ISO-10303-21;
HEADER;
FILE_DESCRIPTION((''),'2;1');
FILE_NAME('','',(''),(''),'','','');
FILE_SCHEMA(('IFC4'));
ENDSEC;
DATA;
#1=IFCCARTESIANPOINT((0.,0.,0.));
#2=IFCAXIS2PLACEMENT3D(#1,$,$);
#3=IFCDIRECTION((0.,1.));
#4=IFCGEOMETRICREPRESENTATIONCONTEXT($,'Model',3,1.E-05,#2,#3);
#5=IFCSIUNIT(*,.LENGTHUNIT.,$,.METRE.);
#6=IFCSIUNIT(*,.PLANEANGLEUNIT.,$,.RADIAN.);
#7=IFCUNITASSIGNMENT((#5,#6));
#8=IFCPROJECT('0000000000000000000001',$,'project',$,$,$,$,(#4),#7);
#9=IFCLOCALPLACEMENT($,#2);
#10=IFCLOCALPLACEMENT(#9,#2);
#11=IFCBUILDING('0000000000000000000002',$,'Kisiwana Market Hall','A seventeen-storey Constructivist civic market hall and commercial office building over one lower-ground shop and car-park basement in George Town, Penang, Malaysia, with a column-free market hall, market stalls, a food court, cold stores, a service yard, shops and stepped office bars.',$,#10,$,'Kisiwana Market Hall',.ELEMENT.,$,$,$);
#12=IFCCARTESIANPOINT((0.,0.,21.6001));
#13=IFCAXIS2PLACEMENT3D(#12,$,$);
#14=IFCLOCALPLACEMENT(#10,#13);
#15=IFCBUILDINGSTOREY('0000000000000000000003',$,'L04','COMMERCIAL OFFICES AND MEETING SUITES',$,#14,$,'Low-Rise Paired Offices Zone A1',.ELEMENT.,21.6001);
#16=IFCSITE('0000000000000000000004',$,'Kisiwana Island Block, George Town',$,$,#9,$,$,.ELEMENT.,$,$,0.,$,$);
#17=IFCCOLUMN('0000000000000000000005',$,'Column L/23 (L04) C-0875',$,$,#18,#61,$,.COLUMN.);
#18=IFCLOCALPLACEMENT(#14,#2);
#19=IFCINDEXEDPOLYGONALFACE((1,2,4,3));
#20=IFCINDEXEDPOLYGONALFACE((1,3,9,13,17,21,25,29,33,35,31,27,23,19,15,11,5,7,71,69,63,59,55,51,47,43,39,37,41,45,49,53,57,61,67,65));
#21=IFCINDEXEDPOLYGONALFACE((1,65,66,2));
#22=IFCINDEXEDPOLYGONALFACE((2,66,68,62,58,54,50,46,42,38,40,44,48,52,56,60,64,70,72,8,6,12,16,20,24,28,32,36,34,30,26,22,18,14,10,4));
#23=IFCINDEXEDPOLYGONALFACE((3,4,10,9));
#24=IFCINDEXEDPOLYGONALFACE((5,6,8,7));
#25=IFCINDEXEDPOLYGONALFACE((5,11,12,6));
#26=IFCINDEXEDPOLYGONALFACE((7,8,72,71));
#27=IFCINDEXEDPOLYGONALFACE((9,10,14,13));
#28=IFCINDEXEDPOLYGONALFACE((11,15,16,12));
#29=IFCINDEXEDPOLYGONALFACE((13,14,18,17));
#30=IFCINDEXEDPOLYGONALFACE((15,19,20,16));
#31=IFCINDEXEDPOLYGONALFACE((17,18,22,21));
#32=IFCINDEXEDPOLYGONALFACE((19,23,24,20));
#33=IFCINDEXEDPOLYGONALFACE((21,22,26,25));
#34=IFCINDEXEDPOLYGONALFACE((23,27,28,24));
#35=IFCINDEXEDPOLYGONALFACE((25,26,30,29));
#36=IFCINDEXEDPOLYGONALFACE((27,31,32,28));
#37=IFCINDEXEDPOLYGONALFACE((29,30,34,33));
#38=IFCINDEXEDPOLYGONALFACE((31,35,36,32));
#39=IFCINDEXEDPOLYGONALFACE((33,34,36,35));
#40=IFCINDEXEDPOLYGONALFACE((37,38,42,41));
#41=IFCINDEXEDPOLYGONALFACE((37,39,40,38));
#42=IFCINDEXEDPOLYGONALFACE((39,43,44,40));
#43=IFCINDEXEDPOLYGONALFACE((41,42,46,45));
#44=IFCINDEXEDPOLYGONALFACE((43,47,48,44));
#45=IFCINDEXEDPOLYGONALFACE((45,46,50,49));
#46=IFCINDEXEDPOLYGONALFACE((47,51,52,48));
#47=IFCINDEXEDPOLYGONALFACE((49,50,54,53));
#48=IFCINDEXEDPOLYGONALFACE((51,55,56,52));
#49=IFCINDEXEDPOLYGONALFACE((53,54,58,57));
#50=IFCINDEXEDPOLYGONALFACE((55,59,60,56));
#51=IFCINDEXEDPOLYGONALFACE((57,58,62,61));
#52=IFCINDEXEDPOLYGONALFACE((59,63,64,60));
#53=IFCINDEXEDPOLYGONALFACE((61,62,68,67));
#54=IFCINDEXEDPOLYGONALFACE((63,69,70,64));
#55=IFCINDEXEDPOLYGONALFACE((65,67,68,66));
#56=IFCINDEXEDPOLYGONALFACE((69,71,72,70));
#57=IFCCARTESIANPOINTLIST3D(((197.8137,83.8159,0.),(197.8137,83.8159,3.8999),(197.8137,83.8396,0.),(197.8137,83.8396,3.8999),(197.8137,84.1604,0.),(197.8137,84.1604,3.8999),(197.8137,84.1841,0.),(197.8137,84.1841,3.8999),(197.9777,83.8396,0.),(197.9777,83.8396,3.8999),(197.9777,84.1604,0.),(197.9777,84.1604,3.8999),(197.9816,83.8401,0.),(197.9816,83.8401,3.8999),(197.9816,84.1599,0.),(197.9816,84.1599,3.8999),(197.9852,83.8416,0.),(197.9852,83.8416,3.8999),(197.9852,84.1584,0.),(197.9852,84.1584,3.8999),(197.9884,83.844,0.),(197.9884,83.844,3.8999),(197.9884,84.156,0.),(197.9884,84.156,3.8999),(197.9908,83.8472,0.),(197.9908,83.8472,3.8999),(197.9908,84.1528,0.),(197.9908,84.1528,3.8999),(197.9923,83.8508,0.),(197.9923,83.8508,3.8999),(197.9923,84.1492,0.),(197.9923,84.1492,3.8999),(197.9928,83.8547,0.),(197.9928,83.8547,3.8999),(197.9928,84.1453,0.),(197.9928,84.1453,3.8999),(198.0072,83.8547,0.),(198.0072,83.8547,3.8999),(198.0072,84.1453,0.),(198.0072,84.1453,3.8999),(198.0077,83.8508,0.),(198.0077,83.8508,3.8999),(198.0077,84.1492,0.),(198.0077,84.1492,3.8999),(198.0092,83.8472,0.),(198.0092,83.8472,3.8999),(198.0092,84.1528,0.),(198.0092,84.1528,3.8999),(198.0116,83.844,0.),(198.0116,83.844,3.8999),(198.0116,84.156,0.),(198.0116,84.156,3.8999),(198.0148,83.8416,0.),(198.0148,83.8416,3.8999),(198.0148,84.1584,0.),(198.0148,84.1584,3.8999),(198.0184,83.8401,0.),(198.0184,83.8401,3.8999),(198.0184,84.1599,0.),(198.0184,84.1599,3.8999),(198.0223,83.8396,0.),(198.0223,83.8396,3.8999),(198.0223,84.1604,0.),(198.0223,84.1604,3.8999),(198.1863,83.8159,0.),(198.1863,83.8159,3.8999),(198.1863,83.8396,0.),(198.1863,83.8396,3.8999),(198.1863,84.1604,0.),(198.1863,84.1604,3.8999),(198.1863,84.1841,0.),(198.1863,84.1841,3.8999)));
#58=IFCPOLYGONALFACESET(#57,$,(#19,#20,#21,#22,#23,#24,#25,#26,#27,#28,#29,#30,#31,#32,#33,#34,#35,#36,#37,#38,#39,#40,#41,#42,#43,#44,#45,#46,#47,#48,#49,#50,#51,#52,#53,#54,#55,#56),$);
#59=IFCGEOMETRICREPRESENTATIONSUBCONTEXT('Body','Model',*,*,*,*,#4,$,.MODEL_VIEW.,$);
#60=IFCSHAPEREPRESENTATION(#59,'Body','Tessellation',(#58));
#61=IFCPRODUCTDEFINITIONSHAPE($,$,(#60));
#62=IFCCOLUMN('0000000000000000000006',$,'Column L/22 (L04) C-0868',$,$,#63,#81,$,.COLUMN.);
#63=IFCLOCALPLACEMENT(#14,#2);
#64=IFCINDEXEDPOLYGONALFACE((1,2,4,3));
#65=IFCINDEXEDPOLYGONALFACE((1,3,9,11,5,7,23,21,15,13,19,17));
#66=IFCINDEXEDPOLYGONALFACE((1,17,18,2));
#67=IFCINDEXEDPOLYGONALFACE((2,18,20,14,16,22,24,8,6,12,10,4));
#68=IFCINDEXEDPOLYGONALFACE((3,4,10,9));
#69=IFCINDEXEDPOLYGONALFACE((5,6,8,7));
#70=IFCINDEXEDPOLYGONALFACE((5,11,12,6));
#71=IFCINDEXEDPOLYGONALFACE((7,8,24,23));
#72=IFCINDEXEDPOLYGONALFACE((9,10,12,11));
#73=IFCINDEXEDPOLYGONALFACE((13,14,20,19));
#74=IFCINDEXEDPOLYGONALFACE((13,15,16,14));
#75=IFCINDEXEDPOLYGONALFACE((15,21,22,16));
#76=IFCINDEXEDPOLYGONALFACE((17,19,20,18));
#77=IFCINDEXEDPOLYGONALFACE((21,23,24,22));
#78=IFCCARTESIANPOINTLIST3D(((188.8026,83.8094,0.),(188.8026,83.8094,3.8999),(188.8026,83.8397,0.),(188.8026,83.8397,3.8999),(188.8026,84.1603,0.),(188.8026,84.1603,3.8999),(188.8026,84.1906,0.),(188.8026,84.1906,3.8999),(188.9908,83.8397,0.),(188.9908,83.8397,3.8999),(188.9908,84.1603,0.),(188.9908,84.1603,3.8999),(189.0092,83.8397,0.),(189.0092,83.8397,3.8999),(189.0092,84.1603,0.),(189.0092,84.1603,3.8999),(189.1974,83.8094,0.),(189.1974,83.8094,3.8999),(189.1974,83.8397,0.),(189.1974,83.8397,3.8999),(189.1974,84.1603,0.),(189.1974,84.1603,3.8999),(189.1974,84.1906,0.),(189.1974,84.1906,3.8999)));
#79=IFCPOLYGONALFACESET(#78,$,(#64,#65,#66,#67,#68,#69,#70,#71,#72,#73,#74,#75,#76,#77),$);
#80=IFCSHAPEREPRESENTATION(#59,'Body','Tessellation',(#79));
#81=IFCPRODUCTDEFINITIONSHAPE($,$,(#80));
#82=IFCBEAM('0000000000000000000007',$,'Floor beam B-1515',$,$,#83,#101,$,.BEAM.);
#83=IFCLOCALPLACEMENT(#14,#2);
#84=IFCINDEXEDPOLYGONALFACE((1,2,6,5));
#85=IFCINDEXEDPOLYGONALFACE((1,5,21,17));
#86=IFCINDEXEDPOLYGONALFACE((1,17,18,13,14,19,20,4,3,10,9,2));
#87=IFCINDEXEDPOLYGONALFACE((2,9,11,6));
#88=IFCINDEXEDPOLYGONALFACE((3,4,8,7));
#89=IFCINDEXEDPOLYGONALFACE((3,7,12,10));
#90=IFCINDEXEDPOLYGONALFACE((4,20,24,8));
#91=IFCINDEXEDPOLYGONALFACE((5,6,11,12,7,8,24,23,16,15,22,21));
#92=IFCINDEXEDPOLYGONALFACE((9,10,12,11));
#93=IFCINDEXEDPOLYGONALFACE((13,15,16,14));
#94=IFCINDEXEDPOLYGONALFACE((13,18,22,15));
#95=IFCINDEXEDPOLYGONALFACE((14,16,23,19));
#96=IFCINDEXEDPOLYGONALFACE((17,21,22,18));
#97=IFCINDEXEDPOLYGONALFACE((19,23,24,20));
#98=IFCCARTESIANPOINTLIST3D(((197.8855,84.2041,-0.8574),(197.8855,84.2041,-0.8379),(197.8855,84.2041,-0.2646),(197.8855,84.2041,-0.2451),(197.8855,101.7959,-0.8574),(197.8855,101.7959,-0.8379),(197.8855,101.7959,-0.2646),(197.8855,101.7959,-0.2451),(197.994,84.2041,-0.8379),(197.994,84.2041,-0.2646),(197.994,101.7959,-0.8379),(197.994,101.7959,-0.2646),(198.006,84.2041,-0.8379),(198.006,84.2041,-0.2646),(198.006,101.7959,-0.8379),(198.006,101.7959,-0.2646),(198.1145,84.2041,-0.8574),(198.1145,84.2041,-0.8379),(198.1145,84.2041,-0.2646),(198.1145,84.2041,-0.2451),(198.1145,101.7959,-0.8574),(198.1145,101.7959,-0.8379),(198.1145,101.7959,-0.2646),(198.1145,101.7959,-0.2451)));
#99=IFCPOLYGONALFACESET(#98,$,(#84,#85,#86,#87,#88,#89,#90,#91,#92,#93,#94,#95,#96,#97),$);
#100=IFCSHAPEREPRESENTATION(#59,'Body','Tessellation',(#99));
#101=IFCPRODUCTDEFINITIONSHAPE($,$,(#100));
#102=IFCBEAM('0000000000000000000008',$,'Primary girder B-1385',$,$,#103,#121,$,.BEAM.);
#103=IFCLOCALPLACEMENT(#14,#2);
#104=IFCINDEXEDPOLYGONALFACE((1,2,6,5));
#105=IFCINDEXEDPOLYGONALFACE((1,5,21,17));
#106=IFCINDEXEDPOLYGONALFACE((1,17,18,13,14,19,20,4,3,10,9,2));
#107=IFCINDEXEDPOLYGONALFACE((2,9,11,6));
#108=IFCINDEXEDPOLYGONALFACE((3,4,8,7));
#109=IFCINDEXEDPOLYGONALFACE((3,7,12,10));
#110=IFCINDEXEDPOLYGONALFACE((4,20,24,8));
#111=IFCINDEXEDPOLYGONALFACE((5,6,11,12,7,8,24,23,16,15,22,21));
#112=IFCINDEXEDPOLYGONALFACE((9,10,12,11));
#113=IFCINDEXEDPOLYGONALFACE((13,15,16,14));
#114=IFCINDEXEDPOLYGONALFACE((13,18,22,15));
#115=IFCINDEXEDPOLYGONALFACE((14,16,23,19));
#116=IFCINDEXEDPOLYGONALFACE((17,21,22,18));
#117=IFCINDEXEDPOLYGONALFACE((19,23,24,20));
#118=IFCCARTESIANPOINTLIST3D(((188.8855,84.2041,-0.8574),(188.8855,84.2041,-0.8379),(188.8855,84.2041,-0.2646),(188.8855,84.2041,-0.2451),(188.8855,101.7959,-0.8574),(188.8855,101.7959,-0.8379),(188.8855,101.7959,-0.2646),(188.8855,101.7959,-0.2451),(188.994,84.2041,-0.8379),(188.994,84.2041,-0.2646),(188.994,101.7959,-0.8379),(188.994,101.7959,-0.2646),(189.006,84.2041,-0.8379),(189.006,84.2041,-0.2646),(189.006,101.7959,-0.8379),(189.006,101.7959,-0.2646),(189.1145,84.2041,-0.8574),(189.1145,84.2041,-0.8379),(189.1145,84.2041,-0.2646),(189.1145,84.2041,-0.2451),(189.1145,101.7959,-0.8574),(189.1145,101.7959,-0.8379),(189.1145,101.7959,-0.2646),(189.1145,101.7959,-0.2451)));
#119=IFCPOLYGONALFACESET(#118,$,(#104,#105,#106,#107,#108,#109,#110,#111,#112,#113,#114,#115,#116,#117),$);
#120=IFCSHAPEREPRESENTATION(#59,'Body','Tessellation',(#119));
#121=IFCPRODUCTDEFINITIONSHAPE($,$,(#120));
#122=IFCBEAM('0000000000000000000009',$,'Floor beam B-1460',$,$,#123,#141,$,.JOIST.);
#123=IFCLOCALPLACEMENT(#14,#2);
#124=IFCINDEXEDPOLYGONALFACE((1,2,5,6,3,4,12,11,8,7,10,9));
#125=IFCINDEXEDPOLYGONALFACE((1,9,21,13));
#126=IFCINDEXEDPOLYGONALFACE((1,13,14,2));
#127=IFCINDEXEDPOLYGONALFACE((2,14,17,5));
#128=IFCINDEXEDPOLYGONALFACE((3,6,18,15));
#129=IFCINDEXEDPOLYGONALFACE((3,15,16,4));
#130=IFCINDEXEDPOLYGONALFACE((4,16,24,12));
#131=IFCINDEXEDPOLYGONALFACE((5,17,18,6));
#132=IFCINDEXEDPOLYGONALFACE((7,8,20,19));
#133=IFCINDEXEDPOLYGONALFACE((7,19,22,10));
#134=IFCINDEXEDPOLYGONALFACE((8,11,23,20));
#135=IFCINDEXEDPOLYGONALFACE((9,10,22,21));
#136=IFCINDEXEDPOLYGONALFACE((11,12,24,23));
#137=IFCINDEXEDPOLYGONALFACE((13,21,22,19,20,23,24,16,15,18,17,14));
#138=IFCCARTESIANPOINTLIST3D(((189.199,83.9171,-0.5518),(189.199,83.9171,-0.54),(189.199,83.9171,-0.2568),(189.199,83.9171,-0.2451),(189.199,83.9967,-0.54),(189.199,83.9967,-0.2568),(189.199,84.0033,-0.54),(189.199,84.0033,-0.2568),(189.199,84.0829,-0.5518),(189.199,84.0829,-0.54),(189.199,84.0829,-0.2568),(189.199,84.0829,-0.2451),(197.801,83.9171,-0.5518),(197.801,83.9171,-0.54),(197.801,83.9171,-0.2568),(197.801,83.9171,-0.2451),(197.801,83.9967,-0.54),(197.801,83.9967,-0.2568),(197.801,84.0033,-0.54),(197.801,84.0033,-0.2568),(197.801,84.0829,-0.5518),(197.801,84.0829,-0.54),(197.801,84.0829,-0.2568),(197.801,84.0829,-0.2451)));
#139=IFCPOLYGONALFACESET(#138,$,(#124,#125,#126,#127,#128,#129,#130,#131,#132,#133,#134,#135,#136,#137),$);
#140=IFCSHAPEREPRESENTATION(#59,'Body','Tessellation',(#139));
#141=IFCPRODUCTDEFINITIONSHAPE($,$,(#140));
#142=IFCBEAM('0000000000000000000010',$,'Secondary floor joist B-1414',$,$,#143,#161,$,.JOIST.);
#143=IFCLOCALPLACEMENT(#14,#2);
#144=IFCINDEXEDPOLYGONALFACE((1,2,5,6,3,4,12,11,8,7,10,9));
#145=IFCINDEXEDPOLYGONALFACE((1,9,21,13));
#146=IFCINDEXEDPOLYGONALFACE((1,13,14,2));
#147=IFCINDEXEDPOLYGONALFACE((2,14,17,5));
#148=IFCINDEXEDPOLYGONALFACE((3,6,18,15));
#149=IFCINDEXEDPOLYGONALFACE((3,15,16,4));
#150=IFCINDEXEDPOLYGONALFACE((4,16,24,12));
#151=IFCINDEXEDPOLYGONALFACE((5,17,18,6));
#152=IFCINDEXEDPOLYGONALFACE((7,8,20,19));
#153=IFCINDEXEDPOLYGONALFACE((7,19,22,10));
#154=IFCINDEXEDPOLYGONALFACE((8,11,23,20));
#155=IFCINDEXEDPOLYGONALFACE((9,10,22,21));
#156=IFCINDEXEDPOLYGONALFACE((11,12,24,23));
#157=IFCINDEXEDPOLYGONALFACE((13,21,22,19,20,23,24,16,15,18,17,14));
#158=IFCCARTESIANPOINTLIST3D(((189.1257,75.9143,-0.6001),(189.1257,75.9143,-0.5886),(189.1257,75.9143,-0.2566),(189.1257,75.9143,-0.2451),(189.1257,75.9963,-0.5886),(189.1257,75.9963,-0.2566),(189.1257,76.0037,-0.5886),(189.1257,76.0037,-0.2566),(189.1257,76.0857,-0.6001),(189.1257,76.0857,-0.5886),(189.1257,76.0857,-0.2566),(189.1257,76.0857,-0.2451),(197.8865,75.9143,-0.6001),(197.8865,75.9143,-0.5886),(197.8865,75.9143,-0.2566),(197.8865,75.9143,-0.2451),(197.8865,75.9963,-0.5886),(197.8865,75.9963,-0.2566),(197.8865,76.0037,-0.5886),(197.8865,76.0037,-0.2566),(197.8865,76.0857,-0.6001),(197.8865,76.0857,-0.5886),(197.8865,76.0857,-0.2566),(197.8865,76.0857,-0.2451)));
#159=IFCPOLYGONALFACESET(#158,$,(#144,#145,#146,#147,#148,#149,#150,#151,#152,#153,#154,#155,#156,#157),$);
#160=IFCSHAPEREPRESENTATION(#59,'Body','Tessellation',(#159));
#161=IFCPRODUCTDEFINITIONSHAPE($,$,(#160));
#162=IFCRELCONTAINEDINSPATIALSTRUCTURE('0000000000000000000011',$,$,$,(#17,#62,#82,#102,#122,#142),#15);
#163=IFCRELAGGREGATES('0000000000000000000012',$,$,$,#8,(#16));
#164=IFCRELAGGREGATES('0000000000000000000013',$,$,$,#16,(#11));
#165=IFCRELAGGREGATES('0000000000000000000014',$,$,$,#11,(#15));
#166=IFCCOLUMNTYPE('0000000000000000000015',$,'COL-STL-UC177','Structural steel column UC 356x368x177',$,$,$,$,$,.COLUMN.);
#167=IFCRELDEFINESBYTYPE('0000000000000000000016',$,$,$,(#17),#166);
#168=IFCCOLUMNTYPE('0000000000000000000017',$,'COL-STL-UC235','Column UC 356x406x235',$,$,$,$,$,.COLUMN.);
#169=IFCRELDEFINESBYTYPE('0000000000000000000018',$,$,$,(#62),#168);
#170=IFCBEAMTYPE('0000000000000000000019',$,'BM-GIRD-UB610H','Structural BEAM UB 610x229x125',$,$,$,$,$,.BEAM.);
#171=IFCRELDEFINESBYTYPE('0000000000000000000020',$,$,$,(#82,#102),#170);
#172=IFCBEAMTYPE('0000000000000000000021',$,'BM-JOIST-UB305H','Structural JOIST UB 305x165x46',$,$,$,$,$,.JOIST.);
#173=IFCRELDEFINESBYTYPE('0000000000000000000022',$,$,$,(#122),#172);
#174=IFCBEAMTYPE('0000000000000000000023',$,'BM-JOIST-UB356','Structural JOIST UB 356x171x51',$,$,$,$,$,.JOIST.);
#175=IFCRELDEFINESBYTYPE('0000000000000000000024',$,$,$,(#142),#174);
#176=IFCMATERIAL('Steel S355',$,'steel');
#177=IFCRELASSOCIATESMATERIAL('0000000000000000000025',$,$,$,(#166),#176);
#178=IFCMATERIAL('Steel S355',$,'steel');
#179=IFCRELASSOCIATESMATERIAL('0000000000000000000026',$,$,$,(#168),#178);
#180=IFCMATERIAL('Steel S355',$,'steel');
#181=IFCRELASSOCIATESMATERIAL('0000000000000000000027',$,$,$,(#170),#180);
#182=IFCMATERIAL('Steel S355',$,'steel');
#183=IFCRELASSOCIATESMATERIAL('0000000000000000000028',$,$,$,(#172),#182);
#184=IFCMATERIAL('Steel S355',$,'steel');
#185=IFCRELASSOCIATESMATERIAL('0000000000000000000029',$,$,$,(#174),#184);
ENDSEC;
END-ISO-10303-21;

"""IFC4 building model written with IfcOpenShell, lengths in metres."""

from ifc_helpers import new_model, si_unit, direction, frame, origin, origin_2d, place, context, subcontext, project, spatial, i_section, extrude, material, material_profile, profile_set, type_object, element, save


model = new_model("IFC4")

# Units and contexts
model_context = context("Model", 3, precision=1e-05, world=origin(), true_north=direction((0.0, 1.0)))
body_context = subcontext(model_context, "Body", "Model", "MODEL_VIEW")
ifc_project = project(units=[si_unit("LENGTHUNIT", "METRE"), si_unit("PLANEANGLEUNIT", "RADIAN")], contexts=[model_context])

# Site, building, storey
site_placement = place(None, origin())
site = spatial("IfcSite", under=ifc_project, at=site_placement, Name="Kisiwana Island Block, George Town", CompositionType="ELEMENT", RefElevation=0.0)
building_placement = place(site_placement, origin())
building = spatial("IfcBuilding", under=site, at=building_placement, Name="Kisiwana Market Hall", Description="A seventeen-storey Constructivist civic market hall and commercial office building over one lower-ground shop and car-park basement in George Town, Penang, Malaysia, with a column-free market hall, market stalls, a food court, cold stores, a service yard, shops and stepped office bars.", LongName="Kisiwana Market Hall", CompositionType="ELEMENT")
storey_placement = place(building_placement, frame((0.0, 0.0, 21.6001)))
storey = spatial("IfcBuildingStorey", under=building, at=storey_placement, Name="L04", Description="COMMERCIAL OFFICES AND MEETING SUITES", LongName="Low-Rise Paired Offices Zone A1", CompositionType="ELEMENT", Elevation=21.6001)

# Columns
ifc_material_1 = material(Name="Steel S355", Category="steel")
ifc_material_profile_1 = material_profile(ifc_material_1, i_section(OverallWidth=0.3726, OverallDepth=0.3682, WebThickness=0.0144, FlangeThickness=0.0237, FilletRadius=0.0151, at=origin_2d()), Name="UC 356x368x177")
ifc_profile_set_1 = profile_set([ifc_material_profile_1], Name="Steel S355")
column_type_1 = type_object("IfcColumnType", Name="COL-STL-UC177", Description="Structural steel column UC 356x368x177", PredefinedType="COLUMN", material=ifc_profile_set_1)
column_1_placement = place(storey_placement, frame((198.0, 84.0, 0.0), z_axis=(0.0, 0.0, 1.0), x_axis=(1.0, 0.0, 0.0)))
element("IfcColumn", 1, at=column_1_placement, inside=storey, type_object=column_type_1, Name="Column L/23 (L04) C-0875", PredefinedType="COLUMN", context=body_context, shape_type="SweptSolid", body=[
    extrude(i_section(OverallWidth=0.3726, OverallDepth=0.3682, WebThickness=0.0144, FlangeThickness=0.0237, FilletRadius=0.0151, at=origin_2d()), origin(), (0.0, 0.0, 1.0), 3.8999),
])
ifc_material_2 = material(Name="Steel S355", Category="steel")
ifc_material_profile_2 = material_profile(ifc_material_2, i_section(OverallWidth=0.3948, OverallDepth=0.3811, WebThickness=0.0183, FlangeThickness=0.0303, at=origin_2d()), Name="UC 356x406x235")
ifc_profile_set_2 = profile_set([ifc_material_profile_2], Name="Steel S355")
column_type_2 = type_object("IfcColumnType", Name="COL-STL-UC235", Description="Column UC 356x406x235", PredefinedType="COLUMN", material=ifc_profile_set_2)
column_2_placement = place(storey_placement, frame((189.0, 84.0, 0.0), z_axis=(0.0, 0.0, 1.0), x_axis=(1.0, 0.0, 0.0)))
element("IfcColumn", 2, at=column_2_placement, inside=storey, type_object=column_type_2, Name="Column L/22 (L04) C-0868", PredefinedType="COLUMN", context=body_context, shape_type="SweptSolid", body=[
    extrude(i_section(OverallWidth=0.3948, OverallDepth=0.3811, WebThickness=0.0183, FlangeThickness=0.0303, at=origin_2d()), origin(), (0.0, 0.0, 1.0), 3.8999),
])

# Beams
ifc_material_3 = material(Name="Steel S355", Category="steel")
ifc_material_profile_3 = material_profile(ifc_material_3, i_section(OverallWidth=0.229, OverallDepth=0.6123, WebThickness=0.012, FlangeThickness=0.0195, at=origin_2d()), Name="UB 610x229x125")
ifc_profile_set_3 = profile_set([ifc_material_profile_3], Name="Steel S355")
beam_type_1 = type_object("IfcBeamType", Name="BM-GIRD-UB610H", Description="Structural BEAM UB 610x229x125", PredefinedType="BEAM", material=ifc_profile_set_3)
for number, where, z_axis, x_axis, name in (
    (3, (198.0, 84.2041, -0.5513), (0.0, 1.0, 0.0), (-1.0, 0.0, 0.0), "Floor beam B-1515"),
    (4, (189.0, 84.2041, -0.5513), (0.0, 1.0, 0.0), (-1.0, 0.0, 0.0), "Primary girder B-1385"),
):
    element("IfcBeam", number, at=place(storey_placement, frame(where, z_axis=z_axis, x_axis=x_axis)), inside=storey, type_object=beam_type_1, Name=name, PredefinedType="BEAM", context=body_context, shape_type="SweptSolid", body=[
        extrude(i_section(OverallWidth=0.229, OverallDepth=0.6123, WebThickness=0.012, FlangeThickness=0.0195, at=origin_2d()), origin(), (0.0, 0.0, 1.0), 17.5918),
    ])
ifc_material_4 = material(Name="Steel S355", Category="steel")
ifc_material_profile_4 = material_profile(ifc_material_4, i_section(OverallWidth=0.1658, OverallDepth=0.3066, WebThickness=0.0066, FlangeThickness=0.0117, at=origin_2d()), Name="UB 305x165x46")
ifc_profile_set_4 = profile_set([ifc_material_profile_4], Name="Steel S355")
beam_type_2 = type_object("IfcBeamType", Name="BM-JOIST-UB305H", Description="Structural JOIST UB 305x165x46", PredefinedType="JOIST", material=ifc_profile_set_4)
beam_1_placement = place(storey_placement, frame((189.199, 84.0, -0.3984), z_axis=(1.0, 0.0, 0.0), x_axis=(0.0, 1.0, 0.0)))
element("IfcBeam", 5, at=beam_1_placement, inside=storey, type_object=beam_type_2, Name="Floor beam B-1460", PredefinedType="JOIST", context=body_context, shape_type="SweptSolid", body=[
    extrude(i_section(OverallWidth=0.1658, OverallDepth=0.3066, WebThickness=0.0066, FlangeThickness=0.0117, at=origin_2d()), origin(), (0.0, 0.0, 1.0), 8.6021),
])
ifc_material_5 = material(Name="Steel S355", Category="steel")
ifc_material_profile_5 = material_profile(ifc_material_5, i_section(OverallWidth=0.1714, OverallDepth=0.355, WebThickness=0.0073, FlangeThickness=0.0115, at=origin_2d()), Name="UB 356x171x51")
ifc_profile_set_5 = profile_set([ifc_material_profile_5], Name="Steel S355")
beam_type_3 = type_object("IfcBeamType", Name="BM-JOIST-UB356", Description="Structural JOIST UB 356x171x51", PredefinedType="JOIST", material=ifc_profile_set_5)
beam_2_placement = place(storey_placement, frame((189.1257, 76.0, -0.4226), z_axis=(1.0, 0.0, 0.0), x_axis=(0.0, 1.0, 0.0)))
element("IfcBeam", 6, at=beam_2_placement, inside=storey, type_object=beam_type_3, Name="Secondary floor joist B-1414", PredefinedType="JOIST", context=body_context, shape_type="SweptSolid", body=[
    extrude(i_section(OverallWidth=0.1714, OverallDepth=0.355, WebThickness=0.0073, FlangeThickness=0.0115, at=origin_2d()), origin(), (0.0, 0.0, 1.0), 8.7607),
])

save(model, "model.ifc")
